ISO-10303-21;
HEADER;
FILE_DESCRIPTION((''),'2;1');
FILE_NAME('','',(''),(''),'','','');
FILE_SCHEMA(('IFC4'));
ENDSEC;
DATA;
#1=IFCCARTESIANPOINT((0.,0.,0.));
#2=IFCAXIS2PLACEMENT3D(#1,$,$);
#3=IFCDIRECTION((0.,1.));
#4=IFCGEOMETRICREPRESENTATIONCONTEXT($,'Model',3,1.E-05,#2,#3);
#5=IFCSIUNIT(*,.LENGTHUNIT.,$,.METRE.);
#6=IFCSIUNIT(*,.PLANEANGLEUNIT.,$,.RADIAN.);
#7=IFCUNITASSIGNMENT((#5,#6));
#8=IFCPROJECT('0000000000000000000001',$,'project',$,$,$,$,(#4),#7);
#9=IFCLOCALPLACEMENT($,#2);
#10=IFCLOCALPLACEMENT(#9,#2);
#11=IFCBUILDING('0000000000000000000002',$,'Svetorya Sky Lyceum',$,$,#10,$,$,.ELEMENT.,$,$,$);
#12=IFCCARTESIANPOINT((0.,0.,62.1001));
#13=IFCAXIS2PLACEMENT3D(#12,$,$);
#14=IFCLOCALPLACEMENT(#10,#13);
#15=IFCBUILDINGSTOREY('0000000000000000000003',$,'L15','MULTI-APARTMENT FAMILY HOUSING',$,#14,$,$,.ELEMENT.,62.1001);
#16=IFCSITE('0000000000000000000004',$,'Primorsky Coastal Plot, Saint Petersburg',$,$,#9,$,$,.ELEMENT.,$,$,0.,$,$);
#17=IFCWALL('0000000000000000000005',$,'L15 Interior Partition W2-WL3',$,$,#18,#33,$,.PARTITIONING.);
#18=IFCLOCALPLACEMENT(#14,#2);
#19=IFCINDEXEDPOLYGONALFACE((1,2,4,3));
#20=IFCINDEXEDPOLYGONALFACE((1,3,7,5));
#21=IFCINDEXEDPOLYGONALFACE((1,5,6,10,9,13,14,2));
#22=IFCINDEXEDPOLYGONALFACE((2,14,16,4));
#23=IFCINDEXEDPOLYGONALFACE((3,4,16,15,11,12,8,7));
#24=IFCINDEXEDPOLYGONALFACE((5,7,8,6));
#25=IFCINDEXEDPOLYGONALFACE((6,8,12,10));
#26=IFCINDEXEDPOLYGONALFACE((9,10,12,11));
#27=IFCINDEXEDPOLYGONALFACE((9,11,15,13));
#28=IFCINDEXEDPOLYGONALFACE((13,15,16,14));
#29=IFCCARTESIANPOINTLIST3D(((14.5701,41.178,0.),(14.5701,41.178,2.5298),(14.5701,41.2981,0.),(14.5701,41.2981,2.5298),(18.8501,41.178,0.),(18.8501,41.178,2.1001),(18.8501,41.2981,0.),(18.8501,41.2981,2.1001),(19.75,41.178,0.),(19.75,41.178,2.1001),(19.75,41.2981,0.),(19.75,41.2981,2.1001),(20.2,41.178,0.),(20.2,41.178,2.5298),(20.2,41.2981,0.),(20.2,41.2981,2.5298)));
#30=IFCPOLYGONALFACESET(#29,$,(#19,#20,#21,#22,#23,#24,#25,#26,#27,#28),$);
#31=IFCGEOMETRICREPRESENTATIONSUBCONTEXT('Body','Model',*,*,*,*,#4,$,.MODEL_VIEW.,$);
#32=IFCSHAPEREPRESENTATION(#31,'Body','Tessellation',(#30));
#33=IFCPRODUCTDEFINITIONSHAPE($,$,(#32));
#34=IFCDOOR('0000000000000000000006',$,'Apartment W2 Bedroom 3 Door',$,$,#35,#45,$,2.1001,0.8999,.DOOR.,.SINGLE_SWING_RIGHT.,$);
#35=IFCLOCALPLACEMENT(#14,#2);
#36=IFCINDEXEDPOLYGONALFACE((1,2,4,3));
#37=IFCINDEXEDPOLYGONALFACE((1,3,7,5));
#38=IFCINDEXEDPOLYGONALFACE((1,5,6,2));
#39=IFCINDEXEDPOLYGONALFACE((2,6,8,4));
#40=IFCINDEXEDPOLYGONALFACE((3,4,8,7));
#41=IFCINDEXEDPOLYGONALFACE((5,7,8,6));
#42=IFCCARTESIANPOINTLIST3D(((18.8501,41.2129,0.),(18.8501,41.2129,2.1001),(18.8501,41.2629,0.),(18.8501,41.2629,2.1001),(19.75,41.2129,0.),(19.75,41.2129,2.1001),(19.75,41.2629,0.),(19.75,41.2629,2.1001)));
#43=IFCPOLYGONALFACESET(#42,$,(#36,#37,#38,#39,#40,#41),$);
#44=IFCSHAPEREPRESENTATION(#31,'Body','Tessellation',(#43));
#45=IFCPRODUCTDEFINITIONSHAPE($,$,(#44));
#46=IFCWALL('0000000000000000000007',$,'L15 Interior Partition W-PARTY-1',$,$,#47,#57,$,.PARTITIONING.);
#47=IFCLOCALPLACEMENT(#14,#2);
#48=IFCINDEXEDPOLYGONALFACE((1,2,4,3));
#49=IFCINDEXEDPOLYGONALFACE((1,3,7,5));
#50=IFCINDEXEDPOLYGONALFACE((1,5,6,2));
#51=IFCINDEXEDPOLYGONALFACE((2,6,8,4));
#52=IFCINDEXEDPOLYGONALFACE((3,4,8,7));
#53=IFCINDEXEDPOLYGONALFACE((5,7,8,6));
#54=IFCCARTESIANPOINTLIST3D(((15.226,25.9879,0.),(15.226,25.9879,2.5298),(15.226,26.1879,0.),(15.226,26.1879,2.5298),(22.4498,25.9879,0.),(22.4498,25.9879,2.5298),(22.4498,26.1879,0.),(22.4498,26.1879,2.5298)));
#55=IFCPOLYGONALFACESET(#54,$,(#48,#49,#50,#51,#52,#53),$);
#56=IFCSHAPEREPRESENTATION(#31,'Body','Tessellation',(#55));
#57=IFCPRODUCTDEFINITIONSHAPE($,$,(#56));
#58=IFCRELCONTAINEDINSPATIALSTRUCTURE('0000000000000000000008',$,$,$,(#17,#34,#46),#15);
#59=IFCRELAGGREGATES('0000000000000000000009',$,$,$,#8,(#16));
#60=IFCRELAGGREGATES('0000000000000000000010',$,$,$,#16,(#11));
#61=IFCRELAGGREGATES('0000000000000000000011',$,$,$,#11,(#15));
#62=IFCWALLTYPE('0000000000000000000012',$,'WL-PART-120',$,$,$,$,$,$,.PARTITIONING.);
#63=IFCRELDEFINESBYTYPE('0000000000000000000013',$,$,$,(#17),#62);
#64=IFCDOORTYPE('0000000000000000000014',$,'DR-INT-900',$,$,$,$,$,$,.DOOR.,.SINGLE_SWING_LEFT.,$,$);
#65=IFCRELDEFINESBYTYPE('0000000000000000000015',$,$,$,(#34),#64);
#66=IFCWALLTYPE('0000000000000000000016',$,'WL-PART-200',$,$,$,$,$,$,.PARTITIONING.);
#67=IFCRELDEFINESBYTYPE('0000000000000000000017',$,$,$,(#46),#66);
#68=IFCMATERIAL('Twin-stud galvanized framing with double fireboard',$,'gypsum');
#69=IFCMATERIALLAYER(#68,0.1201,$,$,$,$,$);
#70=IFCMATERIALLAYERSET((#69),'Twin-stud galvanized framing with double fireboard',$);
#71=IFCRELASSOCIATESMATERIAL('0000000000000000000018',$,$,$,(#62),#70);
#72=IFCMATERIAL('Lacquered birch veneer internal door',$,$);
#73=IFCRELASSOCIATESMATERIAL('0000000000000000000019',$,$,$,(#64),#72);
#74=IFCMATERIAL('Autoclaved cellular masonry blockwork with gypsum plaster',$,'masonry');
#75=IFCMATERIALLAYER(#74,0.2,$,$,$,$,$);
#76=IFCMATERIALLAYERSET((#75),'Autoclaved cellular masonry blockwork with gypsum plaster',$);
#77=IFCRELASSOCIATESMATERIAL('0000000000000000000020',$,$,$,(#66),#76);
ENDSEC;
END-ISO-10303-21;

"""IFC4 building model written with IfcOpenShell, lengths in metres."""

from ifc_helpers import new_model, si_unit, direction, frame, frame_2d, origin, place, context, subcontext, project, spatial, rectangle, extrude, material, layer, layer_set, type_object, element, fill, save


model = new_model("IFC4")

# Units and contexts
model_context = context("Model", 3, precision=1e-05, world=origin(), true_north=direction((0.0, 1.0)))
body_context = subcontext(model_context, "Body", "Model", "MODEL_VIEW")
ifc_project = project(units=[si_unit("LENGTHUNIT", "METRE"), si_unit("PLANEANGLEUNIT", "RADIAN")], contexts=[model_context])

# Site, building, storey
site_placement = place(None, origin())
site = spatial("IfcSite", under=ifc_project, at=site_placement, Name="Primorsky Coastal Plot, Saint Petersburg", CompositionType="ELEMENT", RefElevation=0.0)
building_placement = place(site_placement, origin())
building = spatial("IfcBuilding", under=site, at=building_placement, Name="Svetorya Sky Lyceum", CompositionType="ELEMENT")
storey_placement = place(building_placement, frame((0.0, 0.0, 62.1001)))
storey = spatial("IfcBuildingStorey", under=building, at=storey_placement, Name="L15", Description="MULTI-APARTMENT FAMILY HOUSING", CompositionType="ELEMENT", Elevation=62.1001)

# Wall, opening, door
ifc_material_1 = material(Name="Twin-stud galvanized framing with double fireboard", Category="gypsum")
ifc_layer_1 = layer(ifc_material_1, 0.1201)
ifc_layer_set_1 = layer_set([ifc_layer_1], Name="Twin-stud galvanized framing with double fireboard")
wall_type_1 = type_object("IfcWallType", Name="WL-PART-120", PredefinedType="PARTITIONING", material=ifc_layer_set_1)
ifc_material_2 = material(Name="Lacquered birch veneer internal door")
door_type_1 = type_object("IfcDoorType", Name="DR-INT-900", OperationType="SINGLE_SWING_LEFT", PredefinedType="DOOR", material=ifc_material_2)
wall_1_placement = place(storey_placement, frame((14.5701, 41.238, 0.0), z_axis=(0.0, 0.0, 1.0), x_axis=(1.0, 0.0, 0.0)))
wall_1 = element("IfcWall", 1, at=wall_1_placement, inside=storey, type_object=wall_type_1, Name="L15 Interior Partition W2-WL3", PredefinedType="PARTITIONING", context=body_context, shape_type="SweptSolid", body=[
    extrude(rectangle(XDim=5.6299, YDim=0.1201, at=frame_2d((2.8149, 0.0))), origin(), (0.0, 0.0, 1.0), 2.5298),
])
opening_1_placement = place(wall_1_placement, frame((4.28, 0.0, 0.0)))
opening_1 = element("IfcOpeningElement", 2, at=opening_1_placement, cuts=wall_1, PredefinedType="OPENING", context=body_context, shape_type="SweptSolid", body=[
    extrude(rectangle(XDim=0.8999, YDim=2.1001, at=frame_2d((0.45, 1.05))), frame((0.0, 0.0701, 0.0), z_axis=(0.0, -1.0, 0.0), x_axis=(1.0, 0.0, 0.0)), (0.0, 0.0, 1.0), 0.1401),
])
door_1_placement = place(opening_1_placement, origin())
door_1 = element("IfcDoor", 3, at=door_1_placement, inside=storey, type_object=door_type_1, Name="Apartment W2 Bedroom 3 Door", OperationType="SINGLE_SWING_RIGHT", OverallHeight=2.1001, OverallWidth=0.8999, PredefinedType="DOOR", context=body_context, shape_type="SweptSolid", body=[
    extrude(rectangle(XDim=0.8999, YDim=2.1001, at=frame_2d((0.45, 1.05))), frame((0.0, 0.0249, 0.0), z_axis=(0.0, -1.0, 0.0), x_axis=(1.0, 0.0, 0.0)), (0.0, 0.0, 1.0), 0.05),
])
fill(opening_1, door_1)

# Wall
ifc_material_3 = material(Name="Autoclaved cellular masonry blockwork with gypsum plaster", Category="masonry")
ifc_layer_2 = layer(ifc_material_3, 0.2)
ifc_layer_set_2 = layer_set([ifc_layer_2], Name="Autoclaved cellular masonry blockwork with gypsum plaster")
wall_type_2 = type_object("IfcWallType", Name="WL-PART-200", PredefinedType="PARTITIONING", material=ifc_layer_set_2)
wall_2_placement = place(storey_placement, frame((15.2261, 26.0879, 0.0), z_axis=(0.0, 0.0, 1.0), x_axis=(1.0, 0.0, 0.0)))
element("IfcWall", 4, at=wall_2_placement, inside=storey, type_object=wall_type_2, Name="L15 Interior Partition W-PARTY-1", PredefinedType="PARTITIONING", context=body_context, shape_type="SweptSolid", body=[
    extrude(rectangle(XDim=7.2239, YDim=0.2, at=frame_2d((3.6118, 0.0))), origin(), (0.0, 0.0, 1.0), 2.5298),
])

save(model, "model.ifc")
